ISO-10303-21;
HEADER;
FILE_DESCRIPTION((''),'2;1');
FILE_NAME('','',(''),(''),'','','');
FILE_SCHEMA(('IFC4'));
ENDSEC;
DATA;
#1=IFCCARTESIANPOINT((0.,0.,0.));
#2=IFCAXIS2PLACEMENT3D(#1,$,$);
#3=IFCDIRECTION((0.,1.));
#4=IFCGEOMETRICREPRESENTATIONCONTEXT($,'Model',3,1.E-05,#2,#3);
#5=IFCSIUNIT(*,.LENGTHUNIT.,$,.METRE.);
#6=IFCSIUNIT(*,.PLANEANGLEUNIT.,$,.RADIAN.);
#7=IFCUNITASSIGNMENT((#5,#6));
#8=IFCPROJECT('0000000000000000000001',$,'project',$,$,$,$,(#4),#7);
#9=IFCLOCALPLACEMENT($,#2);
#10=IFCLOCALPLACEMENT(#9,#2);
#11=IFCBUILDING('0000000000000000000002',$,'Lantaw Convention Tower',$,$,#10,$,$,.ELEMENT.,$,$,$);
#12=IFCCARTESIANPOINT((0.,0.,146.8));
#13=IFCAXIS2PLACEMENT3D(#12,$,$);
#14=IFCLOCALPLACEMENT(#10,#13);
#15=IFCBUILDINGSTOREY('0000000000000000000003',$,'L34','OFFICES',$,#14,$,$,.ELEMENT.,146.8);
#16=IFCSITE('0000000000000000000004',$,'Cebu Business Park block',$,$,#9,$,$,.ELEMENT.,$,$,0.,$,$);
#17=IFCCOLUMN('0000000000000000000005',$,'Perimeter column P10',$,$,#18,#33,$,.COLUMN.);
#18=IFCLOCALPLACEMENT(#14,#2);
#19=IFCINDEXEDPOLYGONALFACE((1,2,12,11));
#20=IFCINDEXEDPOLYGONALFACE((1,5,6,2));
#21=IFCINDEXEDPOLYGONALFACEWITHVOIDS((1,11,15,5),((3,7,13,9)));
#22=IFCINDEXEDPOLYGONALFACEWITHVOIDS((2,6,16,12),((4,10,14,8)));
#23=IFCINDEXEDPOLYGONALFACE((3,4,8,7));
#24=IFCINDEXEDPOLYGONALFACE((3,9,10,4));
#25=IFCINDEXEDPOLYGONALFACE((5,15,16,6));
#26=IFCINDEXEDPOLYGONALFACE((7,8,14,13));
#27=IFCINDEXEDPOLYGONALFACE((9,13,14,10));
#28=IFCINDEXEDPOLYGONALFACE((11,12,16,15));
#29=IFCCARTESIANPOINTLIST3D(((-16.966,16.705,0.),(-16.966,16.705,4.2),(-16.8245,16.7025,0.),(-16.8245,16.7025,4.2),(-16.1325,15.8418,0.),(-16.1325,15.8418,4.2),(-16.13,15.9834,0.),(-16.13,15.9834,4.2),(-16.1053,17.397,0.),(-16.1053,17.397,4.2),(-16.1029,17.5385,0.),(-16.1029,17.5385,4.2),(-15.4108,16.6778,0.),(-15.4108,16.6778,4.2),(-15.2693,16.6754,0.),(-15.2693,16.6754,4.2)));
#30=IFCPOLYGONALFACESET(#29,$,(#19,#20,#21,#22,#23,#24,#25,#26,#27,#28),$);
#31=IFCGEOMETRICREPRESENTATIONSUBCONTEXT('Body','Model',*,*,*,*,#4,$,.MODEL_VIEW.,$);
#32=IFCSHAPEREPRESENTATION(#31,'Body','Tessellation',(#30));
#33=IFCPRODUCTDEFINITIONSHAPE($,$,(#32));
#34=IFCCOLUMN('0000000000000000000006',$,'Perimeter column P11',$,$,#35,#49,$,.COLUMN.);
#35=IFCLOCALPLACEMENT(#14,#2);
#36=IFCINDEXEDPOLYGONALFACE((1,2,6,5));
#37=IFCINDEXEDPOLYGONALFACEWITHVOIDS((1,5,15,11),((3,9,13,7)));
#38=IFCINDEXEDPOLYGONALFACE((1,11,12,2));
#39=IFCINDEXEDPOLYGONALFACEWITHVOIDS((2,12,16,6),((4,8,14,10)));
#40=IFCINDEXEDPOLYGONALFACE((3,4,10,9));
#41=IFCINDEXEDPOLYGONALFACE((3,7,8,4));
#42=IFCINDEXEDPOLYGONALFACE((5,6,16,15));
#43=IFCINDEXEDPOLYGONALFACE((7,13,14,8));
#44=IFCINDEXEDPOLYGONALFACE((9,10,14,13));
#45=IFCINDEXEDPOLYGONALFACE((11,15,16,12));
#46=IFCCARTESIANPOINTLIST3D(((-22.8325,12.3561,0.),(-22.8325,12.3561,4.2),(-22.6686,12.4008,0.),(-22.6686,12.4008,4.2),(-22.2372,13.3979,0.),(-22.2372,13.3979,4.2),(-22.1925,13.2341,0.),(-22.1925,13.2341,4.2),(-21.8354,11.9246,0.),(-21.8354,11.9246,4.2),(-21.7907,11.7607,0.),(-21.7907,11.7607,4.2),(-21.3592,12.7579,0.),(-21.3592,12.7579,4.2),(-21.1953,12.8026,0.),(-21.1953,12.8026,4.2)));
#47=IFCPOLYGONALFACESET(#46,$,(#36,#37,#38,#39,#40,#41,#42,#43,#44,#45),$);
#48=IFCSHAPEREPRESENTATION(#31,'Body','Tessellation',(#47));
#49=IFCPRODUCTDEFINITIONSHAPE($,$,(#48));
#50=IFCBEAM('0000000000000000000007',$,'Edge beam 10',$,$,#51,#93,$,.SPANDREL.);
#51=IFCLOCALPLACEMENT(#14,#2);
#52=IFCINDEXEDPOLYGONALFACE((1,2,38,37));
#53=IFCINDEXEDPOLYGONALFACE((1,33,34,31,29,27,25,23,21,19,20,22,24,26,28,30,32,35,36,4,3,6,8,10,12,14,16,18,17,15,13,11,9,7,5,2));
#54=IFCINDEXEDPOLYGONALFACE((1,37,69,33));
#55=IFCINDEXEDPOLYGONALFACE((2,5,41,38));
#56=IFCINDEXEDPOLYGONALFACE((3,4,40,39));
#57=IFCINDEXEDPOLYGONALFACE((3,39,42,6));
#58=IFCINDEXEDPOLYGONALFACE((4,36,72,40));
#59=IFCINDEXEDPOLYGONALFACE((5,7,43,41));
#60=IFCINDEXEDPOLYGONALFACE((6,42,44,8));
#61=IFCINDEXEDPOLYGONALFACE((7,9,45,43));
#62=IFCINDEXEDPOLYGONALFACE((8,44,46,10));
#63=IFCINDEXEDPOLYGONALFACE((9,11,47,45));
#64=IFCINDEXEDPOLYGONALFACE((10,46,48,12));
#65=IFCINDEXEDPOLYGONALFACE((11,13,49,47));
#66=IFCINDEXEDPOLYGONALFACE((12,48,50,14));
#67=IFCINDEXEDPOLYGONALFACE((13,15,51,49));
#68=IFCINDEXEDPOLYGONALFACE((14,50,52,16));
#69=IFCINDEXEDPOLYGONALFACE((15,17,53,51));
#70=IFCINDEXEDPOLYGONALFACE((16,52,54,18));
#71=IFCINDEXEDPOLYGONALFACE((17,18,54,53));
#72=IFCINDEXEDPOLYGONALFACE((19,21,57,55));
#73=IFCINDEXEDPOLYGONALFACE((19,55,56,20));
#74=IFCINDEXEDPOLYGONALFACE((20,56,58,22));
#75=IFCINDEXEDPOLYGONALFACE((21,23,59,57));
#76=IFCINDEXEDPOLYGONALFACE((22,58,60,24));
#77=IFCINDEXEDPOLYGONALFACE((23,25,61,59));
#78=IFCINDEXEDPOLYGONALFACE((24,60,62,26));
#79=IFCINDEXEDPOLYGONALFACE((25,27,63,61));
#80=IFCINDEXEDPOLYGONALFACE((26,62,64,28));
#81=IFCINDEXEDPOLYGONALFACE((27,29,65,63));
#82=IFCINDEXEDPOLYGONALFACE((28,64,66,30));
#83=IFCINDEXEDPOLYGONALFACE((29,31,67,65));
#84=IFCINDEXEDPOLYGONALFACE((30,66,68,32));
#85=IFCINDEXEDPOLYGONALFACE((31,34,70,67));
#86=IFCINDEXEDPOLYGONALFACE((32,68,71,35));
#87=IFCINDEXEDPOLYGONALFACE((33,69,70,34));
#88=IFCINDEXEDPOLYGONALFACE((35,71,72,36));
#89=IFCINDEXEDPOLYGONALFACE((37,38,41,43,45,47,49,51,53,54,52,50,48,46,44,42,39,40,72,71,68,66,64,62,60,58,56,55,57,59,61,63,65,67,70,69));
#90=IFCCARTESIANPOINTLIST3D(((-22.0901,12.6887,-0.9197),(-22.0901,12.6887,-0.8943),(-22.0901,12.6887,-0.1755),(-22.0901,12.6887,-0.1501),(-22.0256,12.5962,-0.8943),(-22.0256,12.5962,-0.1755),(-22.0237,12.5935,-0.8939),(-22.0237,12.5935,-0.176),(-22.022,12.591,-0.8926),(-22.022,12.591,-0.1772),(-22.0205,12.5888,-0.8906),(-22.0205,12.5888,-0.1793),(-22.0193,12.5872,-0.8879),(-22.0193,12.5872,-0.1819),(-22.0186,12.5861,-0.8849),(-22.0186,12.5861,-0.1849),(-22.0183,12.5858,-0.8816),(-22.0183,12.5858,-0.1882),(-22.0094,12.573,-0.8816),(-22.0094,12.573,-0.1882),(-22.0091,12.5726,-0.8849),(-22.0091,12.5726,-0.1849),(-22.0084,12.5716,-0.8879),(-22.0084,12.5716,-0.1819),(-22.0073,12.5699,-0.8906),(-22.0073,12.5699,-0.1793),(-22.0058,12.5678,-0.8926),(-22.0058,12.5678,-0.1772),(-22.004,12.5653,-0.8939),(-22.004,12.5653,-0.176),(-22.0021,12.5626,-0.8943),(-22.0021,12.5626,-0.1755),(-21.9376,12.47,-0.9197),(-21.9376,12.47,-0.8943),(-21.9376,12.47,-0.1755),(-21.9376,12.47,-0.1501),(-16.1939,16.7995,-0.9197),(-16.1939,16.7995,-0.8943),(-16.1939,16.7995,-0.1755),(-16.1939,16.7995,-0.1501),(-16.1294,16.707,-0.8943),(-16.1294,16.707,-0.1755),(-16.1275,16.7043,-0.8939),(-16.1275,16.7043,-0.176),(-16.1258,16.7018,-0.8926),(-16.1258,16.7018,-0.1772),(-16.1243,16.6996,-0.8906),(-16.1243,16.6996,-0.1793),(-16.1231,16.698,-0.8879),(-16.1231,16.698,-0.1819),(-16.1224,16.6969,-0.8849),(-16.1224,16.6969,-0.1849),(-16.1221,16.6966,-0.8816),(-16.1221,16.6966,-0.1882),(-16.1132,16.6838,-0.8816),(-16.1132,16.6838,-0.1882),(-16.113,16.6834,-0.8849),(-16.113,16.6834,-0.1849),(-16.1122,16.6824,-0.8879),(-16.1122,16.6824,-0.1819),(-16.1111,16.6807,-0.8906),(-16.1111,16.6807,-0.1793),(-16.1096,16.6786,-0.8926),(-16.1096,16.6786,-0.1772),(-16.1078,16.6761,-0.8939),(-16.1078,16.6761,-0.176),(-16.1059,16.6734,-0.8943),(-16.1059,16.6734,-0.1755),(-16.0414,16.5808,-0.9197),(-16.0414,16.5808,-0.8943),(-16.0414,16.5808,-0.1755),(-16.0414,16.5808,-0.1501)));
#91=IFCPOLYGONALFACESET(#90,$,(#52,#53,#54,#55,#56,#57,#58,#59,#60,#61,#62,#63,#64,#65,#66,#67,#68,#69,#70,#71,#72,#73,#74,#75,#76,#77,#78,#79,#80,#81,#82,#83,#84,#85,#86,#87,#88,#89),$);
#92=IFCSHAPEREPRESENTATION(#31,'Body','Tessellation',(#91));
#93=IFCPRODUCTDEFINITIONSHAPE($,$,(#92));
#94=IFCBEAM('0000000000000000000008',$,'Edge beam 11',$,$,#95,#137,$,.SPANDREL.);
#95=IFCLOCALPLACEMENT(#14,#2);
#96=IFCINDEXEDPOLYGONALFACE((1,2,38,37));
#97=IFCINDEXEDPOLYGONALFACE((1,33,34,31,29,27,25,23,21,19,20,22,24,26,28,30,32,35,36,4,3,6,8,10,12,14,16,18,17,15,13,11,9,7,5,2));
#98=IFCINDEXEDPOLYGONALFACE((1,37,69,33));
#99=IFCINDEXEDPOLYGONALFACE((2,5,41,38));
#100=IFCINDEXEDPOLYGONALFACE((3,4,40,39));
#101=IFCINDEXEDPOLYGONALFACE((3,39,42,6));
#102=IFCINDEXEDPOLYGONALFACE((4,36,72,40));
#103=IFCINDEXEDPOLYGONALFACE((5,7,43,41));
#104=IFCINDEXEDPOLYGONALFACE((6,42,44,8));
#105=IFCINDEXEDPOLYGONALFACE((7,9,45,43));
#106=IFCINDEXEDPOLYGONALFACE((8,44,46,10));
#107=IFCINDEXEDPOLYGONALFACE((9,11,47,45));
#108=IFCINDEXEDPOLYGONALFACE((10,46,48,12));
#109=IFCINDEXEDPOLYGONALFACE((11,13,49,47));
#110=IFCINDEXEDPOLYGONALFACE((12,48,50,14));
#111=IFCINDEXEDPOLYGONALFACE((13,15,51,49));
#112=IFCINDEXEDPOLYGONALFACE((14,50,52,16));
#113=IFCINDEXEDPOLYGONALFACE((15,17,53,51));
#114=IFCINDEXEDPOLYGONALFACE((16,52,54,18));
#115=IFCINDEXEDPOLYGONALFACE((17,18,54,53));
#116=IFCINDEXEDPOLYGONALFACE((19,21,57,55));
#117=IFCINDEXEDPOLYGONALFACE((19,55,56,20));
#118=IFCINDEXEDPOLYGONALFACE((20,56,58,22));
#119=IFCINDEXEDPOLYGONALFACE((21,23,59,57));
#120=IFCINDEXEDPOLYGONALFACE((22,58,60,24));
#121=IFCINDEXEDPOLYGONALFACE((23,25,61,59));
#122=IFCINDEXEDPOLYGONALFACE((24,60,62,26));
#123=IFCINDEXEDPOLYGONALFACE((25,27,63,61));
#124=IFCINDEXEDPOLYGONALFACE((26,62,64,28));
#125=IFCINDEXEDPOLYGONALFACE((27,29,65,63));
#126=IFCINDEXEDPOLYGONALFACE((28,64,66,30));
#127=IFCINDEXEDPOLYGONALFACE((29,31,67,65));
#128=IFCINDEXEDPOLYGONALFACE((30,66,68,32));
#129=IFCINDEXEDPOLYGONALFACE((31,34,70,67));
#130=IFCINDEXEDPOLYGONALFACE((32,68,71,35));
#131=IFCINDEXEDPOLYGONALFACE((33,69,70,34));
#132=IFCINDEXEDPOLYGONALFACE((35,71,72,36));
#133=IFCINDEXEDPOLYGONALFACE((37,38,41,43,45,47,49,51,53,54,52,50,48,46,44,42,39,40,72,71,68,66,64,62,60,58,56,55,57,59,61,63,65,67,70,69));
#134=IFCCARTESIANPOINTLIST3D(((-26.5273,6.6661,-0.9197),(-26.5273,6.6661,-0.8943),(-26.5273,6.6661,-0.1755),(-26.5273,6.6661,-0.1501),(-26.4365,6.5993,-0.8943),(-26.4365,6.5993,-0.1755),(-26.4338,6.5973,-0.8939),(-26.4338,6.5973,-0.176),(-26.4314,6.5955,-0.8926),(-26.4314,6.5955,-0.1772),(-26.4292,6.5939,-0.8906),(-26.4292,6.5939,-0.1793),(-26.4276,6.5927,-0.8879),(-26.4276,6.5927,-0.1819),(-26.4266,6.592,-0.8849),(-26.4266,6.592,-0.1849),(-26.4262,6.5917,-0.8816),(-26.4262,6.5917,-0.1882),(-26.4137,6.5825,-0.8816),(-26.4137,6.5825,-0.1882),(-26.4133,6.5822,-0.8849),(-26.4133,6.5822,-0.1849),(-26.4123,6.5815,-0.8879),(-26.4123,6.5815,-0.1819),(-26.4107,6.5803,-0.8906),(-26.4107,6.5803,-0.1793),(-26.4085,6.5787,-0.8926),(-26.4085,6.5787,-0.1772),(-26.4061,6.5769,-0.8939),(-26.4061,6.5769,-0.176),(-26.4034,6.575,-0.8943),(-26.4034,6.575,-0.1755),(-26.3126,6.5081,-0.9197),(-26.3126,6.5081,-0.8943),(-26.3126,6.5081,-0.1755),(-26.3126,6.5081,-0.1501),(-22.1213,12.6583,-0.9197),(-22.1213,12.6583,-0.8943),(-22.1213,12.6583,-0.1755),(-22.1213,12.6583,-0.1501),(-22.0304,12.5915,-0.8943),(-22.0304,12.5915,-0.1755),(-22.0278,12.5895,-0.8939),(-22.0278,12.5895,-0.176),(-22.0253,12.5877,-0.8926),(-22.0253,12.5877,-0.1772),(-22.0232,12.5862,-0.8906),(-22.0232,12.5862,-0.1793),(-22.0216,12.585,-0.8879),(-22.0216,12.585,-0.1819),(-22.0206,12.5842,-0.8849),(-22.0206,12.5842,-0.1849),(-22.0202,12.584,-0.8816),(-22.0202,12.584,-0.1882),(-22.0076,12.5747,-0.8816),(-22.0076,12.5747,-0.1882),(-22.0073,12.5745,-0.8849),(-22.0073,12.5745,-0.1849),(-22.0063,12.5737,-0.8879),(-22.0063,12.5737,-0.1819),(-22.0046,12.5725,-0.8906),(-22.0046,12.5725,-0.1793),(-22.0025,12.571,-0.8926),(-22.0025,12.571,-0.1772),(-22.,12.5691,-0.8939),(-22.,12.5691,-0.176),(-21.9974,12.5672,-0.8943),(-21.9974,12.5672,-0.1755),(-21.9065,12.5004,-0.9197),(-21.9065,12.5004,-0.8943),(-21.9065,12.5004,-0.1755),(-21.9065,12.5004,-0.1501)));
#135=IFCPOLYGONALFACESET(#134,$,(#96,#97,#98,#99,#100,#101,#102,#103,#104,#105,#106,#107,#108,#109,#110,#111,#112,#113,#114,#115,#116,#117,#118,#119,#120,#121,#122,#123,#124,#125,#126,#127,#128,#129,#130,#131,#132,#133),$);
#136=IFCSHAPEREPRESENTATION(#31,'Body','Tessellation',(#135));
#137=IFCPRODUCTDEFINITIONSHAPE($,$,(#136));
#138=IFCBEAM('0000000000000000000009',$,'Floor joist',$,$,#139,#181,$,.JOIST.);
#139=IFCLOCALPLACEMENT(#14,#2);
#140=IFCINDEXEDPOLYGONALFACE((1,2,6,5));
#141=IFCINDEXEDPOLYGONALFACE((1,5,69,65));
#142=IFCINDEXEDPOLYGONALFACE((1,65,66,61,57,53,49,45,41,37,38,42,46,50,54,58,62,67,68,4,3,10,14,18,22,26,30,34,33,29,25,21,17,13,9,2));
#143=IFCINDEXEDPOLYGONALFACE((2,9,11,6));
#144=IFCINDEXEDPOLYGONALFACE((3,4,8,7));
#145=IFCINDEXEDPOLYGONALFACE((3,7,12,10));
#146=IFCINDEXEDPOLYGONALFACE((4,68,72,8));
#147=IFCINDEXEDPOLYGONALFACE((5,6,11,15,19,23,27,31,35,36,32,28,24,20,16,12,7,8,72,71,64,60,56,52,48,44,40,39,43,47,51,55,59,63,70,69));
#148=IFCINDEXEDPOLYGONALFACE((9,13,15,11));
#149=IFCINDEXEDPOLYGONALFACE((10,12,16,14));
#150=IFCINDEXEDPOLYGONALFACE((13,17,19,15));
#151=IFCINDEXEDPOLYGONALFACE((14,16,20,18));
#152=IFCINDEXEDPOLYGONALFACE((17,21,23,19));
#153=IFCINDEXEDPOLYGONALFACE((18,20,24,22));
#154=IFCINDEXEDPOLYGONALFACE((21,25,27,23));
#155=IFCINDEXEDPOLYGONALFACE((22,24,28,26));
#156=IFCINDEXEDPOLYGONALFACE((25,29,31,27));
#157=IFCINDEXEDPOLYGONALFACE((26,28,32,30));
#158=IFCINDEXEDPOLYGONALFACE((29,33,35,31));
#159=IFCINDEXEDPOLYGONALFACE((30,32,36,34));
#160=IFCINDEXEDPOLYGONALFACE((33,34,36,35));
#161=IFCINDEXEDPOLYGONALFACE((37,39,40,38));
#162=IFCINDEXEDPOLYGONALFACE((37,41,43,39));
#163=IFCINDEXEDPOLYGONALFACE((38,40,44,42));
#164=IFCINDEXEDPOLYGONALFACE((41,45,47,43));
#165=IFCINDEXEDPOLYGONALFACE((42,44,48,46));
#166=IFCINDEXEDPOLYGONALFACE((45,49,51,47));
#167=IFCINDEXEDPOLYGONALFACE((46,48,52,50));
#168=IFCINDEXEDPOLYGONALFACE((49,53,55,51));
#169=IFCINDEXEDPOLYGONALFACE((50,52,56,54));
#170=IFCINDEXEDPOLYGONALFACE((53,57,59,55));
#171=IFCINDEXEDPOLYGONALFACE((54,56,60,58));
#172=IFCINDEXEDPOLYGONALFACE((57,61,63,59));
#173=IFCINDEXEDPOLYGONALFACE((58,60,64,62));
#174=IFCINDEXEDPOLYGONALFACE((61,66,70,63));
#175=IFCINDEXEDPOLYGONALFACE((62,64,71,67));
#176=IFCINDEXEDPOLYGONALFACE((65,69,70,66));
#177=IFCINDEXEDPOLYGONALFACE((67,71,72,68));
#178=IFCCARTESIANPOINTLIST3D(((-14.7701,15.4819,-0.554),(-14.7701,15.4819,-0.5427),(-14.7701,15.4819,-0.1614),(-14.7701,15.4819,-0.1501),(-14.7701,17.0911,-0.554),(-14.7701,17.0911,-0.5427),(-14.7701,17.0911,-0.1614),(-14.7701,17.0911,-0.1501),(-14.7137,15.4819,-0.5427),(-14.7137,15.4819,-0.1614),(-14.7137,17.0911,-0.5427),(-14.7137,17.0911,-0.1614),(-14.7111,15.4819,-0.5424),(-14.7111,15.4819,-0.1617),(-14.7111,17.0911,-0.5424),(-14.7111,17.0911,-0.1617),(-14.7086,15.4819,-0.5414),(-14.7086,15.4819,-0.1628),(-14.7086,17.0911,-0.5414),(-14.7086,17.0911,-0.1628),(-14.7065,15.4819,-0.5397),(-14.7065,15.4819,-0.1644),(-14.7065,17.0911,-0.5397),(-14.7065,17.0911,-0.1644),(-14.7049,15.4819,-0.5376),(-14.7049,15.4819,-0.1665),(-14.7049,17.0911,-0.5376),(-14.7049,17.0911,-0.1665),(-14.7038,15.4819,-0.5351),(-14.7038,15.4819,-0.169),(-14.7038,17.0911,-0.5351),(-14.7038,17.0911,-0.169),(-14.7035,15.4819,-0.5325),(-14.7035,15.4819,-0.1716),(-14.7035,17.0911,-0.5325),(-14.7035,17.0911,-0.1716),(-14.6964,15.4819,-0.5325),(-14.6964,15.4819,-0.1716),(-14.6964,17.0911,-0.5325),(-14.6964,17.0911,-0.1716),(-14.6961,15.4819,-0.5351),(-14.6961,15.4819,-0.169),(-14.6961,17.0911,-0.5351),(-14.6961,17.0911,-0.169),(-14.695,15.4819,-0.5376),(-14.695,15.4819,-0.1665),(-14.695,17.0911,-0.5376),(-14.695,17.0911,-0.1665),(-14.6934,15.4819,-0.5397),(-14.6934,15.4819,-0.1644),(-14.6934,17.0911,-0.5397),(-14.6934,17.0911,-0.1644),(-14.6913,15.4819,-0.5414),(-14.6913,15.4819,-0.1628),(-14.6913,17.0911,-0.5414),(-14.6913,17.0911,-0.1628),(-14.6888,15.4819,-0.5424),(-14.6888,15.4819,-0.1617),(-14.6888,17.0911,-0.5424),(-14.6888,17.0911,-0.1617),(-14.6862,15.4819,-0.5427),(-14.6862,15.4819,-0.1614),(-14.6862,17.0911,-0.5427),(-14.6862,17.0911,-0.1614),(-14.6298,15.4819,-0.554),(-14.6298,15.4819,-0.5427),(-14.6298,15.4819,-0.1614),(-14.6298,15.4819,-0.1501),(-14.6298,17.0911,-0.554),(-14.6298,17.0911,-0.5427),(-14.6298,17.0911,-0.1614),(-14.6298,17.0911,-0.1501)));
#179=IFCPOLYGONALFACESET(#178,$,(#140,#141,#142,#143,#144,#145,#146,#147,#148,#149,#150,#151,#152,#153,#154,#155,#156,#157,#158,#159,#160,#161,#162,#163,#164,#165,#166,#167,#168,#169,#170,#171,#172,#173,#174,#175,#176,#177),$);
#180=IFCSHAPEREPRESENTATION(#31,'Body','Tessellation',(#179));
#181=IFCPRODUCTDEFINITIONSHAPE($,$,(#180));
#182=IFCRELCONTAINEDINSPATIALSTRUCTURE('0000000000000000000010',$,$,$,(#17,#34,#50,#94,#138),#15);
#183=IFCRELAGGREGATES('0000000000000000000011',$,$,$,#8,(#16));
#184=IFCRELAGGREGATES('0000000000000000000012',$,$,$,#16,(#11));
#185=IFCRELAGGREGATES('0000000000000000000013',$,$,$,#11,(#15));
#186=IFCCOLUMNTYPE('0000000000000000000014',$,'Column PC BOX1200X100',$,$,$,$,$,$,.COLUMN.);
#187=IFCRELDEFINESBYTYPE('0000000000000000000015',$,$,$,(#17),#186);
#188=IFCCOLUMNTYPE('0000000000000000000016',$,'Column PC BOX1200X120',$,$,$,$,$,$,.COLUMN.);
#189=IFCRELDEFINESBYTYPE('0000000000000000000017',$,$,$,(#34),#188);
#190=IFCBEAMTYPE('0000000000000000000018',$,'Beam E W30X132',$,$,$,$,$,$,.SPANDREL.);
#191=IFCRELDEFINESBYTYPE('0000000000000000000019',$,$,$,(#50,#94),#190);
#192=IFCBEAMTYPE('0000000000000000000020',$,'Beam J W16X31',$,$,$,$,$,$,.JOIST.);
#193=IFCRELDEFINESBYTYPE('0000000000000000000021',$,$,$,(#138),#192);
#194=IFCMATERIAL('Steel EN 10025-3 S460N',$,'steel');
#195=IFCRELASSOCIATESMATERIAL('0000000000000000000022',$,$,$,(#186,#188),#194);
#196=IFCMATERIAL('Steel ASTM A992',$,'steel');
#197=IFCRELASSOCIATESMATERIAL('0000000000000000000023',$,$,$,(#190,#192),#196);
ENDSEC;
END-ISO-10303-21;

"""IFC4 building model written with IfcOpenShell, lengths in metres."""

from ifc_helpers import new_model, si_unit, direction, frame, origin, origin_2d, place, context, subcontext, project, spatial, rectangle, hollow_rectangle, i_section, extrude, material, material_profile, profile_set, type_object, element, save


model = new_model("IFC4")

# Units and contexts
model_context = context("Model", 3, precision=1e-05, world=origin(), true_north=direction((0.0, 1.0)))
body_context = subcontext(model_context, "Body", "Model", "MODEL_VIEW")
ifc_project = project(units=[si_unit("LENGTHUNIT", "METRE"), si_unit("PLANEANGLEUNIT", "RADIAN")], contexts=[model_context])

# Site, building, storey
site_placement = place(None, origin())
site = spatial("IfcSite", under=ifc_project, at=site_placement, Name="Cebu Business Park block", CompositionType="ELEMENT", RefElevation=0.0)
building_placement = place(site_placement, origin())
building = spatial("IfcBuilding", under=site, at=building_placement, Name="Lantaw Convention Tower", CompositionType="ELEMENT")
storey_placement = place(building_placement, frame((0.0, 0.0, 146.8)))
storey = spatial("IfcBuildingStorey", under=building, at=storey_placement, Name="L34", Description="OFFICES", CompositionType="ELEMENT", Elevation=146.8)

# Columns
ifc_material_1 = material(Name="Steel EN 10025-3 S460N", Category="steel")
ifc_material_profile_1 = material_profile(ifc_material_1, hollow_rectangle(XDim=1.2, YDim=1.2, WallThickness=0.1001, at=origin_2d()), Name="BOX1200X100")
ifc_material_2 = material(Name="Concrete C60/75", Category="concrete")
ifc_material_profile_2 = material_profile(ifc_material_2, rectangle(XDim=1.0, YDim=1.0, at=origin_2d()), Name="Concrete fill of BOX1200X100")
ifc_profile_set_1 = profile_set([ifc_material_profile_1, ifc_material_profile_2], Name="Steel EN 10025-3 S460N")
column_type_1 = type_object("IfcColumnType", Name="Column PC BOX1200X100", PredefinedType="COLUMN", material=ifc_profile_set_1)
column_1_placement = place(storey_placement, frame((-16.1177, 16.6902, 0.0), z_axis=(0.0, 0.0, 1.0), x_axis=(0.71934, 0.694658, 0.0)))
element("IfcColumn", 1, at=column_1_placement, inside=storey, type_object=column_type_1, Name="Perimeter column P10", PredefinedType="COLUMN", context=body_context, shape_type="SweptSolid", body=[
    extrude(hollow_rectangle(XDim=1.2, YDim=1.2, WallThickness=0.1001, at=origin_2d()), origin(), (0.0, 0.0, 1.0), 4.2),
])
ifc_material_profile_3 = material_profile(ifc_material_1, hollow_rectangle(XDim=1.2, YDim=1.2, WallThickness=0.1201, at=origin_2d()), Name="BOX1200X120")
ifc_material_profile_4 = material_profile(ifc_material_2, rectangle(XDim=0.96, YDim=0.96, at=origin_2d()), Name="Concrete fill of BOX1200X120")
ifc_profile_set_2 = profile_set([ifc_material_profile_3, ifc_material_profile_4], Name="Steel EN 10025-3 S460N")
column_type_2 = type_object("IfcColumnType", Name="Column PC BOX1200X120", PredefinedType="COLUMN", material=ifc_profile_set_2)
column_2_placement = place(storey_placement, frame((-22.0139, 12.5793, 0.0), z_axis=(0.0, 0.0, 1.0), x_axis=(0.496139, 0.868243, 0.0)))
element("IfcColumn", 2, at=column_2_placement, inside=storey, type_object=column_type_2, Name="Perimeter column P11", PredefinedType="COLUMN", context=body_context, shape_type="SweptSolid", body=[
    extrude(hollow_rectangle(XDim=1.2, YDim=1.2, WallThickness=0.1201, at=origin_2d()), origin(), (0.0, 0.0, 1.0), 4.2),
])

# Beams
ifc_material_3 = material(Name="Steel ASTM A992", Category="steel")
ifc_material_profile_5 = material_profile(ifc_material_3, i_section(OverallWidth=0.2666, OverallDepth=0.7695, WebThickness=0.0156, FlangeThickness=0.0254, FilletRadius=0.0127, at=origin_2d()), Name="W30X132")
ifc_profile_set_3 = profile_set([ifc_material_profile_5], Name="Steel ASTM A992")
beam_type_1 = type_object("IfcBeamType", Name="Beam E W30X132", PredefinedType="SPANDREL", material=ifc_profile_set_3)
beam_1_placement = place(storey_placement, frame((-16.1177, 16.6902, -0.5349), z_axis=(-0.820311, -0.571918, 0.0), x_axis=(0.571918, -0.820311, 0.0)))
element("IfcBeam", 3, at=beam_1_placement, inside=storey, type_object=beam_type_1, Name="Edge beam 10", PredefinedType="SPANDREL", context=body_context, shape_type="SweptSolid", body=[
    extrude(i_section(OverallWidth=0.2666, OverallDepth=0.7695, WebThickness=0.0156, FlangeThickness=0.0254, FilletRadius=0.0127, at=origin_2d()), origin(), (0.0, 0.0, 1.0), 7.1877),
])
beam_2_placement = place(storey_placement, frame((-22.0139, 12.5793, -0.5349), z_axis=(-0.592389, -0.805652, 0.0), x_axis=(0.805652, -0.592389, 0.0)))
element("IfcBeam", 4, at=beam_2_placement, inside=storey, type_object=beam_type_1, Name="Edge beam 11", PredefinedType="SPANDREL", context=body_context, shape_type="SweptSolid", body=[
    extrude(i_section(OverallWidth=0.2666, OverallDepth=0.7695, WebThickness=0.0156, FlangeThickness=0.0254, FilletRadius=0.0127, at=origin_2d()), origin(), (0.0, 0.0, 1.0), 7.4377),
])
ifc_material_profile_6 = material_profile(ifc_material_3, i_section(OverallWidth=0.1404, OverallDepth=0.4038, WebThickness=0.0071, FlangeThickness=0.0112, FilletRadius=0.0103, at=origin_2d()), Name="W16X31")
ifc_profile_set_4 = profile_set([ifc_material_profile_6], Name="Steel ASTM A992")
beam_type_2 = type_object("IfcBeamType", Name="Beam J W16X31", PredefinedType="JOIST", material=ifc_profile_set_4)
beam_3_placement = place(storey_placement, frame((-14.7, 15.4819, -0.3521), z_axis=(0.0, 1.0, 0.0), x_axis=(-1.0, 0.0, 0.0)))
element("IfcBeam", 5, at=beam_3_placement, inside=storey, type_object=beam_type_2, Name="Floor joist", PredefinedType="JOIST", context=body_context, shape_type="SweptSolid", body=[
    extrude(i_section(OverallWidth=0.1404, OverallDepth=0.4038, WebThickness=0.0071, FlangeThickness=0.0112, FilletRadius=0.0103, at=origin_2d()), origin(), (0.0, 0.0, 1.0), 1.6091),
])

save(model, "model.ifc")
